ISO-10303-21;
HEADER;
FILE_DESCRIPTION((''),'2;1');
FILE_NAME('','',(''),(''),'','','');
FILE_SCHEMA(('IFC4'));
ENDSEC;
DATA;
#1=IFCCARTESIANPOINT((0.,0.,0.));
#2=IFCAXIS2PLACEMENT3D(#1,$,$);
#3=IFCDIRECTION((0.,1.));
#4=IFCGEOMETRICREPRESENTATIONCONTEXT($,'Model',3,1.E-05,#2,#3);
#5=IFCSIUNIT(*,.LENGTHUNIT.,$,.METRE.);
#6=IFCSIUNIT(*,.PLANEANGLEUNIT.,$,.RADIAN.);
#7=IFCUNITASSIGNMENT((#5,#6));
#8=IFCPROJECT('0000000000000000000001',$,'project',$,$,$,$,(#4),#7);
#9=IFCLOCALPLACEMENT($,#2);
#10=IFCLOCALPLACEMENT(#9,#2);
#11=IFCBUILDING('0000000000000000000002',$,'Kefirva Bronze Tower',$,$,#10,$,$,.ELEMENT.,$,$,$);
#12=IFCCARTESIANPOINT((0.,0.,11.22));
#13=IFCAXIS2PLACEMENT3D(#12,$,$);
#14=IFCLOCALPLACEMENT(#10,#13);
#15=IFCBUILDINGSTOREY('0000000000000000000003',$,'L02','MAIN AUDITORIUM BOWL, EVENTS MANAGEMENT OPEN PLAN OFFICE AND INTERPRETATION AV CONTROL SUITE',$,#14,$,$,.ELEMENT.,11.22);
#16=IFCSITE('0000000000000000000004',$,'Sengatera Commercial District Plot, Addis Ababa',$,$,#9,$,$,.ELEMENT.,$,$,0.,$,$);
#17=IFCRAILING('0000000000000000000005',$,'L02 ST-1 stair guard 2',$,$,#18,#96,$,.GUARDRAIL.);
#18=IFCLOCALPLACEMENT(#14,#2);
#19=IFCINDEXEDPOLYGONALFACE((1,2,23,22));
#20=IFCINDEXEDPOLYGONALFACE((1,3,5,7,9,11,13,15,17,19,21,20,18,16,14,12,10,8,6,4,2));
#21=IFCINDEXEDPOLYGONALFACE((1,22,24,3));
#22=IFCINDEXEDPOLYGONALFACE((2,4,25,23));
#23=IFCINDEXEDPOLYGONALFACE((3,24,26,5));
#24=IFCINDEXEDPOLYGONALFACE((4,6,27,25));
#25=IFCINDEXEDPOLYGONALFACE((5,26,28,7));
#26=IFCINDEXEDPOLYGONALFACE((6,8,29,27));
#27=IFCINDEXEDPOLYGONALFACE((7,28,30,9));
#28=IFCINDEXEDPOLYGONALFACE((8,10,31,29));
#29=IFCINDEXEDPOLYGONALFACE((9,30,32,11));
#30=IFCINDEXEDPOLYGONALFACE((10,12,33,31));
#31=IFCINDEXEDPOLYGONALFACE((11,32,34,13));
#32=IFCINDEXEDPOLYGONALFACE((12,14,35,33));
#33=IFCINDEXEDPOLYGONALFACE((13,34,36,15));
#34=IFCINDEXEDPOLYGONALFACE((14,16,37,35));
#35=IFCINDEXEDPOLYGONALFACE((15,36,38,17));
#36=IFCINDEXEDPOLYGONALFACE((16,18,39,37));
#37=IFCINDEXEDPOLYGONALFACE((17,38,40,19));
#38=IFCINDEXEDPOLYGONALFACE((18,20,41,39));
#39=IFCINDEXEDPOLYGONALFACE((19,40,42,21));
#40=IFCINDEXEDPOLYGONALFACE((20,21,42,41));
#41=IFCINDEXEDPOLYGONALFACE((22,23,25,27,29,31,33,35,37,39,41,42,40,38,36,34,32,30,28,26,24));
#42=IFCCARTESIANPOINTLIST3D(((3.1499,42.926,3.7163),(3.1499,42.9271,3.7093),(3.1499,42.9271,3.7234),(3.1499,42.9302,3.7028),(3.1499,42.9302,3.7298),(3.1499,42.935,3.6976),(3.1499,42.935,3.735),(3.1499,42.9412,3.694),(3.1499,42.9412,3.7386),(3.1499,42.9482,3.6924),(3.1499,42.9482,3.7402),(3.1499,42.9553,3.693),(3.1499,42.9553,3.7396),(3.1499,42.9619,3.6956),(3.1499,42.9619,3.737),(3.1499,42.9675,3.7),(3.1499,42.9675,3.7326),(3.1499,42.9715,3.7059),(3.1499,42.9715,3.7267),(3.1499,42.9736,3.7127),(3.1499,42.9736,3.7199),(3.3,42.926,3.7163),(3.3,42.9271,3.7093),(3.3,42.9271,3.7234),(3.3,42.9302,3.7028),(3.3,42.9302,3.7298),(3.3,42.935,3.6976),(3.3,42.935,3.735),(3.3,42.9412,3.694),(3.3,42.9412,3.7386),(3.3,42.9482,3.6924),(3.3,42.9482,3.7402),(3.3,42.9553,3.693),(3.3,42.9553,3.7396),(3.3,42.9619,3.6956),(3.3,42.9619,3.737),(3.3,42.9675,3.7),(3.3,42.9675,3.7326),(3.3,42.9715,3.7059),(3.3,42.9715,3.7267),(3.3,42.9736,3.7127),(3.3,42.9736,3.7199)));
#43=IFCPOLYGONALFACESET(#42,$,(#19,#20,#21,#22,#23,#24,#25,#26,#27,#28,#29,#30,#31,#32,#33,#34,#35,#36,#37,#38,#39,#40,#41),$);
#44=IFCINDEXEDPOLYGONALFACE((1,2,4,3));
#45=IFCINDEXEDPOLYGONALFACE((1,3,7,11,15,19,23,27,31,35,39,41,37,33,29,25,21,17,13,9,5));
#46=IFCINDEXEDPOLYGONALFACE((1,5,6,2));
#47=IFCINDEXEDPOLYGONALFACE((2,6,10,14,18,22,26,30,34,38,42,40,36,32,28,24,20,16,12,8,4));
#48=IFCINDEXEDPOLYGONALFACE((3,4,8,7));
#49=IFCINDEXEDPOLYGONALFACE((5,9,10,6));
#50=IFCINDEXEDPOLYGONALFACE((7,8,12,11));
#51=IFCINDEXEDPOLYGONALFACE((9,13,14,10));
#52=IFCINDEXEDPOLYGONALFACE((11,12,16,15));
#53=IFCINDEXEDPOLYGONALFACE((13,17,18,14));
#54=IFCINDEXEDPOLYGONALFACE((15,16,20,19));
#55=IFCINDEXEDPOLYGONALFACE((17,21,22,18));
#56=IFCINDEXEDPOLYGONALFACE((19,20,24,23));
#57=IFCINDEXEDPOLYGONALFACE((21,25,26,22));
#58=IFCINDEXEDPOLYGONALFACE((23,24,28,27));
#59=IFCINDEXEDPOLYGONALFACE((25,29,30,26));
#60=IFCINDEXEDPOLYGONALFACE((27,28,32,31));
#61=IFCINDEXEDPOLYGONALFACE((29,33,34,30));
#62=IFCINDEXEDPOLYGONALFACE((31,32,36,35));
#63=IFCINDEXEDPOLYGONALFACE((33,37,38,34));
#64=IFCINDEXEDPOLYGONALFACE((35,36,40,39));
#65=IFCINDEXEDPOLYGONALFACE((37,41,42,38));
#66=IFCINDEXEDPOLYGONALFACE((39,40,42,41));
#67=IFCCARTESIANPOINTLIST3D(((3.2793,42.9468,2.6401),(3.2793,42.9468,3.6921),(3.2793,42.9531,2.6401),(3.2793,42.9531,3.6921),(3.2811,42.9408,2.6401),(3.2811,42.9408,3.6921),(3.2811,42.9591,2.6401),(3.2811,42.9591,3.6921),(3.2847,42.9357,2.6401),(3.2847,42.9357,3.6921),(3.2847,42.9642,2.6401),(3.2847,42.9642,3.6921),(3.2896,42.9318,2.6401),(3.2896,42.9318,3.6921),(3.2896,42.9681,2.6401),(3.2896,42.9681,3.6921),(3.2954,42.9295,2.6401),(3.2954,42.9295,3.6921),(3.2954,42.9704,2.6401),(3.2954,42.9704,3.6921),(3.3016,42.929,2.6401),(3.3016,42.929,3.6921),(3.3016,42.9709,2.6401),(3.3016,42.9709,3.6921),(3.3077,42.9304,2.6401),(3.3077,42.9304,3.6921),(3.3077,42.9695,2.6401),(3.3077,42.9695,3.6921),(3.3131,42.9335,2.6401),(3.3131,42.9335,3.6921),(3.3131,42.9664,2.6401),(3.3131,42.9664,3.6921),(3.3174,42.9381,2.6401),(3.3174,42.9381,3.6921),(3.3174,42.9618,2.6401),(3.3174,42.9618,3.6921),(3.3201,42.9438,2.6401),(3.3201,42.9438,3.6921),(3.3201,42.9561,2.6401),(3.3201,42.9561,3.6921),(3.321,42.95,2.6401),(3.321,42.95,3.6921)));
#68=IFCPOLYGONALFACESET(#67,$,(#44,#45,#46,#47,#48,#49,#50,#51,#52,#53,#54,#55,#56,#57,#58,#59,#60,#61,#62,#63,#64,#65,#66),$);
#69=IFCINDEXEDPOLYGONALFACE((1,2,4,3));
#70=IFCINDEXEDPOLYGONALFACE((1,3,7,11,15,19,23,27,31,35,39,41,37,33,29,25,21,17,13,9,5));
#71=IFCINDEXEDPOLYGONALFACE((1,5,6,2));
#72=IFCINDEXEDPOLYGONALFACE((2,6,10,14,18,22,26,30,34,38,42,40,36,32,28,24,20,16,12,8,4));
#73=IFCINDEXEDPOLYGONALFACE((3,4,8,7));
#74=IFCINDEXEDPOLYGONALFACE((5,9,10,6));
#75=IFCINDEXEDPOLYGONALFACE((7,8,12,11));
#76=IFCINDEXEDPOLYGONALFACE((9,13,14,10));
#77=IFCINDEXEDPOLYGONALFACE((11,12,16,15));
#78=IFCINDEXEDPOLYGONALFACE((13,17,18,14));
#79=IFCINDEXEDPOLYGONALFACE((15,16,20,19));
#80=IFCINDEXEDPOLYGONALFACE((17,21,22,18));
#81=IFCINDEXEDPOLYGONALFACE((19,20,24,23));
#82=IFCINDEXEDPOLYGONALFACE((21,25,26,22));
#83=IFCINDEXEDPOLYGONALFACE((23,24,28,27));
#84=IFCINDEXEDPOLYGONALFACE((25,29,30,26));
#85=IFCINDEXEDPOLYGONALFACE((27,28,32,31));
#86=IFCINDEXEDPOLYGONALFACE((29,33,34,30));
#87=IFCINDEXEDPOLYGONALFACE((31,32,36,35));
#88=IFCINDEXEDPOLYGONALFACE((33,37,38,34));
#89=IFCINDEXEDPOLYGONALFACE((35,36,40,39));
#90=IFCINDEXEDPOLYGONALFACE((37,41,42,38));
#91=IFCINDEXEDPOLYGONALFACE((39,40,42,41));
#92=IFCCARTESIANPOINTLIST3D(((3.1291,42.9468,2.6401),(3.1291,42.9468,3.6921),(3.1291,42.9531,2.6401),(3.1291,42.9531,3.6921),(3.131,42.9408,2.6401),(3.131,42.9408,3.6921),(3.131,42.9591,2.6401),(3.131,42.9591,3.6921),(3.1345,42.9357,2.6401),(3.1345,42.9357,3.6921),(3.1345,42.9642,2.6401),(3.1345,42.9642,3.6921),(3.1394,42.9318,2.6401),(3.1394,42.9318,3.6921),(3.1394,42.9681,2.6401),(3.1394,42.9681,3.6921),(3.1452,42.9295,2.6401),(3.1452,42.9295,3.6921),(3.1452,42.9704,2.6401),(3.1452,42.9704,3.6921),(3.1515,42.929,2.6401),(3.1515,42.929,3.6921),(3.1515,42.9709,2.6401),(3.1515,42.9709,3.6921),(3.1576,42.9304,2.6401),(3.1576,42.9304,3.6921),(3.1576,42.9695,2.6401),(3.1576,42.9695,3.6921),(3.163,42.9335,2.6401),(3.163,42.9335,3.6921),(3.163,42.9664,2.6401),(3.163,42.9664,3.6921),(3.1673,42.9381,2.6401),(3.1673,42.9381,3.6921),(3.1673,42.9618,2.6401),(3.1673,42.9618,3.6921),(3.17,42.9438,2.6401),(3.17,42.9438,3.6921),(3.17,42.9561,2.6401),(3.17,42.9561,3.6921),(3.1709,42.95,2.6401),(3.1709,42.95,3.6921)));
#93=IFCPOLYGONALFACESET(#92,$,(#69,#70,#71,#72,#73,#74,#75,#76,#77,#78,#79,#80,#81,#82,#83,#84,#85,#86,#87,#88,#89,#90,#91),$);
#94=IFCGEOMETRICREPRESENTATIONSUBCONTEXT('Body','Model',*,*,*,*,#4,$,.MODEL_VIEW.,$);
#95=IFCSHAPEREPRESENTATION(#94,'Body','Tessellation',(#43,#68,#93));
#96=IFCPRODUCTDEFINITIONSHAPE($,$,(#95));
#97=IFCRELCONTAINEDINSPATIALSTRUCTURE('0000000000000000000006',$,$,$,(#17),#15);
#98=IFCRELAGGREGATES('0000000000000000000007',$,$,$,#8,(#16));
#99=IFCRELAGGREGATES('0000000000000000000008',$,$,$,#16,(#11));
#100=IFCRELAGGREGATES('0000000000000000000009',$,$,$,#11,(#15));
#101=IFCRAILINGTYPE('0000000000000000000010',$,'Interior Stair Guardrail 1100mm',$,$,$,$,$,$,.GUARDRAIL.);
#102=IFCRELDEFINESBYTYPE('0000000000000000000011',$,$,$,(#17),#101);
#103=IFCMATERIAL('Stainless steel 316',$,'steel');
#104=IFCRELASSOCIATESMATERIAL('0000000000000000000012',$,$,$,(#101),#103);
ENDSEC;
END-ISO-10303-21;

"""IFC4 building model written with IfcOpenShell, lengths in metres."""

from ifc_helpers import new_model, si_unit, direction, frame, origin, origin_2d, place, context, subcontext, project, spatial, circle, extrude, material, type_object, element, save


model = new_model("IFC4")

# Units and contexts
model_context = context("Model", 3, precision=1e-05, world=origin(), true_north=direction((0.0, 1.0)))
body_context = subcontext(model_context, "Body", "Model", "MODEL_VIEW")
ifc_project = project(units=[si_unit("LENGTHUNIT", "METRE"), si_unit("PLANEANGLEUNIT", "RADIAN")], contexts=[model_context])

# Site, building, storey
site_placement = place(None, origin())
site = spatial("IfcSite", under=ifc_project, at=site_placement, Name="Sengatera Commercial District Plot, Addis Ababa", CompositionType="ELEMENT", RefElevation=0.0)
building_placement = place(site_placement, origin())
building = spatial("IfcBuilding", under=site, at=building_placement, Name="Kefirva Bronze Tower", CompositionType="ELEMENT")
storey_placement = place(building_placement, frame((0.0, 0.0, 11.22)))
storey = spatial("IfcBuildingStorey", under=building, at=storey_placement, Name="L02", Description="MAIN AUDITORIUM BOWL, EVENTS MANAGEMENT OPEN PLAN OFFICE AND INTERPRETATION AV CONTROL SUITE", CompositionType="ELEMENT", Elevation=11.22)

# Shared definitions
ifc_material_1 = material(Name="Stainless steel 316", Category="steel")

# Railing
railing_type_1 = type_object("IfcRailingType", Name="Interior Stair Guardrail 1100mm", PredefinedType="GUARDRAIL", material=ifc_material_1)
railing_1_placement = place(storey_placement, frame((3.3, 42.95, 2.6401)))
element("IfcRailing", 1, at=railing_1_placement, inside=storey, type_object=railing_type_1, Name="L02 ST-1 stair guard 2", PredefinedType="GUARDRAIL", context=body_context, shape_type="SweptSolid", body=[
    extrude(circle(Radius=0.0239, at=origin_2d()), frame((0.0, 0.0, 1.0762), z_axis=(-1.0, 0.0, 0.0), x_axis=(0.0, -1.0, 0.0)), (0.0, 0.0, 1.0), 0.1501),
    extrude(circle(Radius=0.021, at=origin_2d()), origin(), (0.0, 0.0, 1.0), 1.052),
    extrude(circle(Radius=0.021, at=origin_2d()), frame((-0.1501, 0.0, 0.0)), (0.0, 0.0, 1.0), 1.052),
])

save(model, "model.ifc")
